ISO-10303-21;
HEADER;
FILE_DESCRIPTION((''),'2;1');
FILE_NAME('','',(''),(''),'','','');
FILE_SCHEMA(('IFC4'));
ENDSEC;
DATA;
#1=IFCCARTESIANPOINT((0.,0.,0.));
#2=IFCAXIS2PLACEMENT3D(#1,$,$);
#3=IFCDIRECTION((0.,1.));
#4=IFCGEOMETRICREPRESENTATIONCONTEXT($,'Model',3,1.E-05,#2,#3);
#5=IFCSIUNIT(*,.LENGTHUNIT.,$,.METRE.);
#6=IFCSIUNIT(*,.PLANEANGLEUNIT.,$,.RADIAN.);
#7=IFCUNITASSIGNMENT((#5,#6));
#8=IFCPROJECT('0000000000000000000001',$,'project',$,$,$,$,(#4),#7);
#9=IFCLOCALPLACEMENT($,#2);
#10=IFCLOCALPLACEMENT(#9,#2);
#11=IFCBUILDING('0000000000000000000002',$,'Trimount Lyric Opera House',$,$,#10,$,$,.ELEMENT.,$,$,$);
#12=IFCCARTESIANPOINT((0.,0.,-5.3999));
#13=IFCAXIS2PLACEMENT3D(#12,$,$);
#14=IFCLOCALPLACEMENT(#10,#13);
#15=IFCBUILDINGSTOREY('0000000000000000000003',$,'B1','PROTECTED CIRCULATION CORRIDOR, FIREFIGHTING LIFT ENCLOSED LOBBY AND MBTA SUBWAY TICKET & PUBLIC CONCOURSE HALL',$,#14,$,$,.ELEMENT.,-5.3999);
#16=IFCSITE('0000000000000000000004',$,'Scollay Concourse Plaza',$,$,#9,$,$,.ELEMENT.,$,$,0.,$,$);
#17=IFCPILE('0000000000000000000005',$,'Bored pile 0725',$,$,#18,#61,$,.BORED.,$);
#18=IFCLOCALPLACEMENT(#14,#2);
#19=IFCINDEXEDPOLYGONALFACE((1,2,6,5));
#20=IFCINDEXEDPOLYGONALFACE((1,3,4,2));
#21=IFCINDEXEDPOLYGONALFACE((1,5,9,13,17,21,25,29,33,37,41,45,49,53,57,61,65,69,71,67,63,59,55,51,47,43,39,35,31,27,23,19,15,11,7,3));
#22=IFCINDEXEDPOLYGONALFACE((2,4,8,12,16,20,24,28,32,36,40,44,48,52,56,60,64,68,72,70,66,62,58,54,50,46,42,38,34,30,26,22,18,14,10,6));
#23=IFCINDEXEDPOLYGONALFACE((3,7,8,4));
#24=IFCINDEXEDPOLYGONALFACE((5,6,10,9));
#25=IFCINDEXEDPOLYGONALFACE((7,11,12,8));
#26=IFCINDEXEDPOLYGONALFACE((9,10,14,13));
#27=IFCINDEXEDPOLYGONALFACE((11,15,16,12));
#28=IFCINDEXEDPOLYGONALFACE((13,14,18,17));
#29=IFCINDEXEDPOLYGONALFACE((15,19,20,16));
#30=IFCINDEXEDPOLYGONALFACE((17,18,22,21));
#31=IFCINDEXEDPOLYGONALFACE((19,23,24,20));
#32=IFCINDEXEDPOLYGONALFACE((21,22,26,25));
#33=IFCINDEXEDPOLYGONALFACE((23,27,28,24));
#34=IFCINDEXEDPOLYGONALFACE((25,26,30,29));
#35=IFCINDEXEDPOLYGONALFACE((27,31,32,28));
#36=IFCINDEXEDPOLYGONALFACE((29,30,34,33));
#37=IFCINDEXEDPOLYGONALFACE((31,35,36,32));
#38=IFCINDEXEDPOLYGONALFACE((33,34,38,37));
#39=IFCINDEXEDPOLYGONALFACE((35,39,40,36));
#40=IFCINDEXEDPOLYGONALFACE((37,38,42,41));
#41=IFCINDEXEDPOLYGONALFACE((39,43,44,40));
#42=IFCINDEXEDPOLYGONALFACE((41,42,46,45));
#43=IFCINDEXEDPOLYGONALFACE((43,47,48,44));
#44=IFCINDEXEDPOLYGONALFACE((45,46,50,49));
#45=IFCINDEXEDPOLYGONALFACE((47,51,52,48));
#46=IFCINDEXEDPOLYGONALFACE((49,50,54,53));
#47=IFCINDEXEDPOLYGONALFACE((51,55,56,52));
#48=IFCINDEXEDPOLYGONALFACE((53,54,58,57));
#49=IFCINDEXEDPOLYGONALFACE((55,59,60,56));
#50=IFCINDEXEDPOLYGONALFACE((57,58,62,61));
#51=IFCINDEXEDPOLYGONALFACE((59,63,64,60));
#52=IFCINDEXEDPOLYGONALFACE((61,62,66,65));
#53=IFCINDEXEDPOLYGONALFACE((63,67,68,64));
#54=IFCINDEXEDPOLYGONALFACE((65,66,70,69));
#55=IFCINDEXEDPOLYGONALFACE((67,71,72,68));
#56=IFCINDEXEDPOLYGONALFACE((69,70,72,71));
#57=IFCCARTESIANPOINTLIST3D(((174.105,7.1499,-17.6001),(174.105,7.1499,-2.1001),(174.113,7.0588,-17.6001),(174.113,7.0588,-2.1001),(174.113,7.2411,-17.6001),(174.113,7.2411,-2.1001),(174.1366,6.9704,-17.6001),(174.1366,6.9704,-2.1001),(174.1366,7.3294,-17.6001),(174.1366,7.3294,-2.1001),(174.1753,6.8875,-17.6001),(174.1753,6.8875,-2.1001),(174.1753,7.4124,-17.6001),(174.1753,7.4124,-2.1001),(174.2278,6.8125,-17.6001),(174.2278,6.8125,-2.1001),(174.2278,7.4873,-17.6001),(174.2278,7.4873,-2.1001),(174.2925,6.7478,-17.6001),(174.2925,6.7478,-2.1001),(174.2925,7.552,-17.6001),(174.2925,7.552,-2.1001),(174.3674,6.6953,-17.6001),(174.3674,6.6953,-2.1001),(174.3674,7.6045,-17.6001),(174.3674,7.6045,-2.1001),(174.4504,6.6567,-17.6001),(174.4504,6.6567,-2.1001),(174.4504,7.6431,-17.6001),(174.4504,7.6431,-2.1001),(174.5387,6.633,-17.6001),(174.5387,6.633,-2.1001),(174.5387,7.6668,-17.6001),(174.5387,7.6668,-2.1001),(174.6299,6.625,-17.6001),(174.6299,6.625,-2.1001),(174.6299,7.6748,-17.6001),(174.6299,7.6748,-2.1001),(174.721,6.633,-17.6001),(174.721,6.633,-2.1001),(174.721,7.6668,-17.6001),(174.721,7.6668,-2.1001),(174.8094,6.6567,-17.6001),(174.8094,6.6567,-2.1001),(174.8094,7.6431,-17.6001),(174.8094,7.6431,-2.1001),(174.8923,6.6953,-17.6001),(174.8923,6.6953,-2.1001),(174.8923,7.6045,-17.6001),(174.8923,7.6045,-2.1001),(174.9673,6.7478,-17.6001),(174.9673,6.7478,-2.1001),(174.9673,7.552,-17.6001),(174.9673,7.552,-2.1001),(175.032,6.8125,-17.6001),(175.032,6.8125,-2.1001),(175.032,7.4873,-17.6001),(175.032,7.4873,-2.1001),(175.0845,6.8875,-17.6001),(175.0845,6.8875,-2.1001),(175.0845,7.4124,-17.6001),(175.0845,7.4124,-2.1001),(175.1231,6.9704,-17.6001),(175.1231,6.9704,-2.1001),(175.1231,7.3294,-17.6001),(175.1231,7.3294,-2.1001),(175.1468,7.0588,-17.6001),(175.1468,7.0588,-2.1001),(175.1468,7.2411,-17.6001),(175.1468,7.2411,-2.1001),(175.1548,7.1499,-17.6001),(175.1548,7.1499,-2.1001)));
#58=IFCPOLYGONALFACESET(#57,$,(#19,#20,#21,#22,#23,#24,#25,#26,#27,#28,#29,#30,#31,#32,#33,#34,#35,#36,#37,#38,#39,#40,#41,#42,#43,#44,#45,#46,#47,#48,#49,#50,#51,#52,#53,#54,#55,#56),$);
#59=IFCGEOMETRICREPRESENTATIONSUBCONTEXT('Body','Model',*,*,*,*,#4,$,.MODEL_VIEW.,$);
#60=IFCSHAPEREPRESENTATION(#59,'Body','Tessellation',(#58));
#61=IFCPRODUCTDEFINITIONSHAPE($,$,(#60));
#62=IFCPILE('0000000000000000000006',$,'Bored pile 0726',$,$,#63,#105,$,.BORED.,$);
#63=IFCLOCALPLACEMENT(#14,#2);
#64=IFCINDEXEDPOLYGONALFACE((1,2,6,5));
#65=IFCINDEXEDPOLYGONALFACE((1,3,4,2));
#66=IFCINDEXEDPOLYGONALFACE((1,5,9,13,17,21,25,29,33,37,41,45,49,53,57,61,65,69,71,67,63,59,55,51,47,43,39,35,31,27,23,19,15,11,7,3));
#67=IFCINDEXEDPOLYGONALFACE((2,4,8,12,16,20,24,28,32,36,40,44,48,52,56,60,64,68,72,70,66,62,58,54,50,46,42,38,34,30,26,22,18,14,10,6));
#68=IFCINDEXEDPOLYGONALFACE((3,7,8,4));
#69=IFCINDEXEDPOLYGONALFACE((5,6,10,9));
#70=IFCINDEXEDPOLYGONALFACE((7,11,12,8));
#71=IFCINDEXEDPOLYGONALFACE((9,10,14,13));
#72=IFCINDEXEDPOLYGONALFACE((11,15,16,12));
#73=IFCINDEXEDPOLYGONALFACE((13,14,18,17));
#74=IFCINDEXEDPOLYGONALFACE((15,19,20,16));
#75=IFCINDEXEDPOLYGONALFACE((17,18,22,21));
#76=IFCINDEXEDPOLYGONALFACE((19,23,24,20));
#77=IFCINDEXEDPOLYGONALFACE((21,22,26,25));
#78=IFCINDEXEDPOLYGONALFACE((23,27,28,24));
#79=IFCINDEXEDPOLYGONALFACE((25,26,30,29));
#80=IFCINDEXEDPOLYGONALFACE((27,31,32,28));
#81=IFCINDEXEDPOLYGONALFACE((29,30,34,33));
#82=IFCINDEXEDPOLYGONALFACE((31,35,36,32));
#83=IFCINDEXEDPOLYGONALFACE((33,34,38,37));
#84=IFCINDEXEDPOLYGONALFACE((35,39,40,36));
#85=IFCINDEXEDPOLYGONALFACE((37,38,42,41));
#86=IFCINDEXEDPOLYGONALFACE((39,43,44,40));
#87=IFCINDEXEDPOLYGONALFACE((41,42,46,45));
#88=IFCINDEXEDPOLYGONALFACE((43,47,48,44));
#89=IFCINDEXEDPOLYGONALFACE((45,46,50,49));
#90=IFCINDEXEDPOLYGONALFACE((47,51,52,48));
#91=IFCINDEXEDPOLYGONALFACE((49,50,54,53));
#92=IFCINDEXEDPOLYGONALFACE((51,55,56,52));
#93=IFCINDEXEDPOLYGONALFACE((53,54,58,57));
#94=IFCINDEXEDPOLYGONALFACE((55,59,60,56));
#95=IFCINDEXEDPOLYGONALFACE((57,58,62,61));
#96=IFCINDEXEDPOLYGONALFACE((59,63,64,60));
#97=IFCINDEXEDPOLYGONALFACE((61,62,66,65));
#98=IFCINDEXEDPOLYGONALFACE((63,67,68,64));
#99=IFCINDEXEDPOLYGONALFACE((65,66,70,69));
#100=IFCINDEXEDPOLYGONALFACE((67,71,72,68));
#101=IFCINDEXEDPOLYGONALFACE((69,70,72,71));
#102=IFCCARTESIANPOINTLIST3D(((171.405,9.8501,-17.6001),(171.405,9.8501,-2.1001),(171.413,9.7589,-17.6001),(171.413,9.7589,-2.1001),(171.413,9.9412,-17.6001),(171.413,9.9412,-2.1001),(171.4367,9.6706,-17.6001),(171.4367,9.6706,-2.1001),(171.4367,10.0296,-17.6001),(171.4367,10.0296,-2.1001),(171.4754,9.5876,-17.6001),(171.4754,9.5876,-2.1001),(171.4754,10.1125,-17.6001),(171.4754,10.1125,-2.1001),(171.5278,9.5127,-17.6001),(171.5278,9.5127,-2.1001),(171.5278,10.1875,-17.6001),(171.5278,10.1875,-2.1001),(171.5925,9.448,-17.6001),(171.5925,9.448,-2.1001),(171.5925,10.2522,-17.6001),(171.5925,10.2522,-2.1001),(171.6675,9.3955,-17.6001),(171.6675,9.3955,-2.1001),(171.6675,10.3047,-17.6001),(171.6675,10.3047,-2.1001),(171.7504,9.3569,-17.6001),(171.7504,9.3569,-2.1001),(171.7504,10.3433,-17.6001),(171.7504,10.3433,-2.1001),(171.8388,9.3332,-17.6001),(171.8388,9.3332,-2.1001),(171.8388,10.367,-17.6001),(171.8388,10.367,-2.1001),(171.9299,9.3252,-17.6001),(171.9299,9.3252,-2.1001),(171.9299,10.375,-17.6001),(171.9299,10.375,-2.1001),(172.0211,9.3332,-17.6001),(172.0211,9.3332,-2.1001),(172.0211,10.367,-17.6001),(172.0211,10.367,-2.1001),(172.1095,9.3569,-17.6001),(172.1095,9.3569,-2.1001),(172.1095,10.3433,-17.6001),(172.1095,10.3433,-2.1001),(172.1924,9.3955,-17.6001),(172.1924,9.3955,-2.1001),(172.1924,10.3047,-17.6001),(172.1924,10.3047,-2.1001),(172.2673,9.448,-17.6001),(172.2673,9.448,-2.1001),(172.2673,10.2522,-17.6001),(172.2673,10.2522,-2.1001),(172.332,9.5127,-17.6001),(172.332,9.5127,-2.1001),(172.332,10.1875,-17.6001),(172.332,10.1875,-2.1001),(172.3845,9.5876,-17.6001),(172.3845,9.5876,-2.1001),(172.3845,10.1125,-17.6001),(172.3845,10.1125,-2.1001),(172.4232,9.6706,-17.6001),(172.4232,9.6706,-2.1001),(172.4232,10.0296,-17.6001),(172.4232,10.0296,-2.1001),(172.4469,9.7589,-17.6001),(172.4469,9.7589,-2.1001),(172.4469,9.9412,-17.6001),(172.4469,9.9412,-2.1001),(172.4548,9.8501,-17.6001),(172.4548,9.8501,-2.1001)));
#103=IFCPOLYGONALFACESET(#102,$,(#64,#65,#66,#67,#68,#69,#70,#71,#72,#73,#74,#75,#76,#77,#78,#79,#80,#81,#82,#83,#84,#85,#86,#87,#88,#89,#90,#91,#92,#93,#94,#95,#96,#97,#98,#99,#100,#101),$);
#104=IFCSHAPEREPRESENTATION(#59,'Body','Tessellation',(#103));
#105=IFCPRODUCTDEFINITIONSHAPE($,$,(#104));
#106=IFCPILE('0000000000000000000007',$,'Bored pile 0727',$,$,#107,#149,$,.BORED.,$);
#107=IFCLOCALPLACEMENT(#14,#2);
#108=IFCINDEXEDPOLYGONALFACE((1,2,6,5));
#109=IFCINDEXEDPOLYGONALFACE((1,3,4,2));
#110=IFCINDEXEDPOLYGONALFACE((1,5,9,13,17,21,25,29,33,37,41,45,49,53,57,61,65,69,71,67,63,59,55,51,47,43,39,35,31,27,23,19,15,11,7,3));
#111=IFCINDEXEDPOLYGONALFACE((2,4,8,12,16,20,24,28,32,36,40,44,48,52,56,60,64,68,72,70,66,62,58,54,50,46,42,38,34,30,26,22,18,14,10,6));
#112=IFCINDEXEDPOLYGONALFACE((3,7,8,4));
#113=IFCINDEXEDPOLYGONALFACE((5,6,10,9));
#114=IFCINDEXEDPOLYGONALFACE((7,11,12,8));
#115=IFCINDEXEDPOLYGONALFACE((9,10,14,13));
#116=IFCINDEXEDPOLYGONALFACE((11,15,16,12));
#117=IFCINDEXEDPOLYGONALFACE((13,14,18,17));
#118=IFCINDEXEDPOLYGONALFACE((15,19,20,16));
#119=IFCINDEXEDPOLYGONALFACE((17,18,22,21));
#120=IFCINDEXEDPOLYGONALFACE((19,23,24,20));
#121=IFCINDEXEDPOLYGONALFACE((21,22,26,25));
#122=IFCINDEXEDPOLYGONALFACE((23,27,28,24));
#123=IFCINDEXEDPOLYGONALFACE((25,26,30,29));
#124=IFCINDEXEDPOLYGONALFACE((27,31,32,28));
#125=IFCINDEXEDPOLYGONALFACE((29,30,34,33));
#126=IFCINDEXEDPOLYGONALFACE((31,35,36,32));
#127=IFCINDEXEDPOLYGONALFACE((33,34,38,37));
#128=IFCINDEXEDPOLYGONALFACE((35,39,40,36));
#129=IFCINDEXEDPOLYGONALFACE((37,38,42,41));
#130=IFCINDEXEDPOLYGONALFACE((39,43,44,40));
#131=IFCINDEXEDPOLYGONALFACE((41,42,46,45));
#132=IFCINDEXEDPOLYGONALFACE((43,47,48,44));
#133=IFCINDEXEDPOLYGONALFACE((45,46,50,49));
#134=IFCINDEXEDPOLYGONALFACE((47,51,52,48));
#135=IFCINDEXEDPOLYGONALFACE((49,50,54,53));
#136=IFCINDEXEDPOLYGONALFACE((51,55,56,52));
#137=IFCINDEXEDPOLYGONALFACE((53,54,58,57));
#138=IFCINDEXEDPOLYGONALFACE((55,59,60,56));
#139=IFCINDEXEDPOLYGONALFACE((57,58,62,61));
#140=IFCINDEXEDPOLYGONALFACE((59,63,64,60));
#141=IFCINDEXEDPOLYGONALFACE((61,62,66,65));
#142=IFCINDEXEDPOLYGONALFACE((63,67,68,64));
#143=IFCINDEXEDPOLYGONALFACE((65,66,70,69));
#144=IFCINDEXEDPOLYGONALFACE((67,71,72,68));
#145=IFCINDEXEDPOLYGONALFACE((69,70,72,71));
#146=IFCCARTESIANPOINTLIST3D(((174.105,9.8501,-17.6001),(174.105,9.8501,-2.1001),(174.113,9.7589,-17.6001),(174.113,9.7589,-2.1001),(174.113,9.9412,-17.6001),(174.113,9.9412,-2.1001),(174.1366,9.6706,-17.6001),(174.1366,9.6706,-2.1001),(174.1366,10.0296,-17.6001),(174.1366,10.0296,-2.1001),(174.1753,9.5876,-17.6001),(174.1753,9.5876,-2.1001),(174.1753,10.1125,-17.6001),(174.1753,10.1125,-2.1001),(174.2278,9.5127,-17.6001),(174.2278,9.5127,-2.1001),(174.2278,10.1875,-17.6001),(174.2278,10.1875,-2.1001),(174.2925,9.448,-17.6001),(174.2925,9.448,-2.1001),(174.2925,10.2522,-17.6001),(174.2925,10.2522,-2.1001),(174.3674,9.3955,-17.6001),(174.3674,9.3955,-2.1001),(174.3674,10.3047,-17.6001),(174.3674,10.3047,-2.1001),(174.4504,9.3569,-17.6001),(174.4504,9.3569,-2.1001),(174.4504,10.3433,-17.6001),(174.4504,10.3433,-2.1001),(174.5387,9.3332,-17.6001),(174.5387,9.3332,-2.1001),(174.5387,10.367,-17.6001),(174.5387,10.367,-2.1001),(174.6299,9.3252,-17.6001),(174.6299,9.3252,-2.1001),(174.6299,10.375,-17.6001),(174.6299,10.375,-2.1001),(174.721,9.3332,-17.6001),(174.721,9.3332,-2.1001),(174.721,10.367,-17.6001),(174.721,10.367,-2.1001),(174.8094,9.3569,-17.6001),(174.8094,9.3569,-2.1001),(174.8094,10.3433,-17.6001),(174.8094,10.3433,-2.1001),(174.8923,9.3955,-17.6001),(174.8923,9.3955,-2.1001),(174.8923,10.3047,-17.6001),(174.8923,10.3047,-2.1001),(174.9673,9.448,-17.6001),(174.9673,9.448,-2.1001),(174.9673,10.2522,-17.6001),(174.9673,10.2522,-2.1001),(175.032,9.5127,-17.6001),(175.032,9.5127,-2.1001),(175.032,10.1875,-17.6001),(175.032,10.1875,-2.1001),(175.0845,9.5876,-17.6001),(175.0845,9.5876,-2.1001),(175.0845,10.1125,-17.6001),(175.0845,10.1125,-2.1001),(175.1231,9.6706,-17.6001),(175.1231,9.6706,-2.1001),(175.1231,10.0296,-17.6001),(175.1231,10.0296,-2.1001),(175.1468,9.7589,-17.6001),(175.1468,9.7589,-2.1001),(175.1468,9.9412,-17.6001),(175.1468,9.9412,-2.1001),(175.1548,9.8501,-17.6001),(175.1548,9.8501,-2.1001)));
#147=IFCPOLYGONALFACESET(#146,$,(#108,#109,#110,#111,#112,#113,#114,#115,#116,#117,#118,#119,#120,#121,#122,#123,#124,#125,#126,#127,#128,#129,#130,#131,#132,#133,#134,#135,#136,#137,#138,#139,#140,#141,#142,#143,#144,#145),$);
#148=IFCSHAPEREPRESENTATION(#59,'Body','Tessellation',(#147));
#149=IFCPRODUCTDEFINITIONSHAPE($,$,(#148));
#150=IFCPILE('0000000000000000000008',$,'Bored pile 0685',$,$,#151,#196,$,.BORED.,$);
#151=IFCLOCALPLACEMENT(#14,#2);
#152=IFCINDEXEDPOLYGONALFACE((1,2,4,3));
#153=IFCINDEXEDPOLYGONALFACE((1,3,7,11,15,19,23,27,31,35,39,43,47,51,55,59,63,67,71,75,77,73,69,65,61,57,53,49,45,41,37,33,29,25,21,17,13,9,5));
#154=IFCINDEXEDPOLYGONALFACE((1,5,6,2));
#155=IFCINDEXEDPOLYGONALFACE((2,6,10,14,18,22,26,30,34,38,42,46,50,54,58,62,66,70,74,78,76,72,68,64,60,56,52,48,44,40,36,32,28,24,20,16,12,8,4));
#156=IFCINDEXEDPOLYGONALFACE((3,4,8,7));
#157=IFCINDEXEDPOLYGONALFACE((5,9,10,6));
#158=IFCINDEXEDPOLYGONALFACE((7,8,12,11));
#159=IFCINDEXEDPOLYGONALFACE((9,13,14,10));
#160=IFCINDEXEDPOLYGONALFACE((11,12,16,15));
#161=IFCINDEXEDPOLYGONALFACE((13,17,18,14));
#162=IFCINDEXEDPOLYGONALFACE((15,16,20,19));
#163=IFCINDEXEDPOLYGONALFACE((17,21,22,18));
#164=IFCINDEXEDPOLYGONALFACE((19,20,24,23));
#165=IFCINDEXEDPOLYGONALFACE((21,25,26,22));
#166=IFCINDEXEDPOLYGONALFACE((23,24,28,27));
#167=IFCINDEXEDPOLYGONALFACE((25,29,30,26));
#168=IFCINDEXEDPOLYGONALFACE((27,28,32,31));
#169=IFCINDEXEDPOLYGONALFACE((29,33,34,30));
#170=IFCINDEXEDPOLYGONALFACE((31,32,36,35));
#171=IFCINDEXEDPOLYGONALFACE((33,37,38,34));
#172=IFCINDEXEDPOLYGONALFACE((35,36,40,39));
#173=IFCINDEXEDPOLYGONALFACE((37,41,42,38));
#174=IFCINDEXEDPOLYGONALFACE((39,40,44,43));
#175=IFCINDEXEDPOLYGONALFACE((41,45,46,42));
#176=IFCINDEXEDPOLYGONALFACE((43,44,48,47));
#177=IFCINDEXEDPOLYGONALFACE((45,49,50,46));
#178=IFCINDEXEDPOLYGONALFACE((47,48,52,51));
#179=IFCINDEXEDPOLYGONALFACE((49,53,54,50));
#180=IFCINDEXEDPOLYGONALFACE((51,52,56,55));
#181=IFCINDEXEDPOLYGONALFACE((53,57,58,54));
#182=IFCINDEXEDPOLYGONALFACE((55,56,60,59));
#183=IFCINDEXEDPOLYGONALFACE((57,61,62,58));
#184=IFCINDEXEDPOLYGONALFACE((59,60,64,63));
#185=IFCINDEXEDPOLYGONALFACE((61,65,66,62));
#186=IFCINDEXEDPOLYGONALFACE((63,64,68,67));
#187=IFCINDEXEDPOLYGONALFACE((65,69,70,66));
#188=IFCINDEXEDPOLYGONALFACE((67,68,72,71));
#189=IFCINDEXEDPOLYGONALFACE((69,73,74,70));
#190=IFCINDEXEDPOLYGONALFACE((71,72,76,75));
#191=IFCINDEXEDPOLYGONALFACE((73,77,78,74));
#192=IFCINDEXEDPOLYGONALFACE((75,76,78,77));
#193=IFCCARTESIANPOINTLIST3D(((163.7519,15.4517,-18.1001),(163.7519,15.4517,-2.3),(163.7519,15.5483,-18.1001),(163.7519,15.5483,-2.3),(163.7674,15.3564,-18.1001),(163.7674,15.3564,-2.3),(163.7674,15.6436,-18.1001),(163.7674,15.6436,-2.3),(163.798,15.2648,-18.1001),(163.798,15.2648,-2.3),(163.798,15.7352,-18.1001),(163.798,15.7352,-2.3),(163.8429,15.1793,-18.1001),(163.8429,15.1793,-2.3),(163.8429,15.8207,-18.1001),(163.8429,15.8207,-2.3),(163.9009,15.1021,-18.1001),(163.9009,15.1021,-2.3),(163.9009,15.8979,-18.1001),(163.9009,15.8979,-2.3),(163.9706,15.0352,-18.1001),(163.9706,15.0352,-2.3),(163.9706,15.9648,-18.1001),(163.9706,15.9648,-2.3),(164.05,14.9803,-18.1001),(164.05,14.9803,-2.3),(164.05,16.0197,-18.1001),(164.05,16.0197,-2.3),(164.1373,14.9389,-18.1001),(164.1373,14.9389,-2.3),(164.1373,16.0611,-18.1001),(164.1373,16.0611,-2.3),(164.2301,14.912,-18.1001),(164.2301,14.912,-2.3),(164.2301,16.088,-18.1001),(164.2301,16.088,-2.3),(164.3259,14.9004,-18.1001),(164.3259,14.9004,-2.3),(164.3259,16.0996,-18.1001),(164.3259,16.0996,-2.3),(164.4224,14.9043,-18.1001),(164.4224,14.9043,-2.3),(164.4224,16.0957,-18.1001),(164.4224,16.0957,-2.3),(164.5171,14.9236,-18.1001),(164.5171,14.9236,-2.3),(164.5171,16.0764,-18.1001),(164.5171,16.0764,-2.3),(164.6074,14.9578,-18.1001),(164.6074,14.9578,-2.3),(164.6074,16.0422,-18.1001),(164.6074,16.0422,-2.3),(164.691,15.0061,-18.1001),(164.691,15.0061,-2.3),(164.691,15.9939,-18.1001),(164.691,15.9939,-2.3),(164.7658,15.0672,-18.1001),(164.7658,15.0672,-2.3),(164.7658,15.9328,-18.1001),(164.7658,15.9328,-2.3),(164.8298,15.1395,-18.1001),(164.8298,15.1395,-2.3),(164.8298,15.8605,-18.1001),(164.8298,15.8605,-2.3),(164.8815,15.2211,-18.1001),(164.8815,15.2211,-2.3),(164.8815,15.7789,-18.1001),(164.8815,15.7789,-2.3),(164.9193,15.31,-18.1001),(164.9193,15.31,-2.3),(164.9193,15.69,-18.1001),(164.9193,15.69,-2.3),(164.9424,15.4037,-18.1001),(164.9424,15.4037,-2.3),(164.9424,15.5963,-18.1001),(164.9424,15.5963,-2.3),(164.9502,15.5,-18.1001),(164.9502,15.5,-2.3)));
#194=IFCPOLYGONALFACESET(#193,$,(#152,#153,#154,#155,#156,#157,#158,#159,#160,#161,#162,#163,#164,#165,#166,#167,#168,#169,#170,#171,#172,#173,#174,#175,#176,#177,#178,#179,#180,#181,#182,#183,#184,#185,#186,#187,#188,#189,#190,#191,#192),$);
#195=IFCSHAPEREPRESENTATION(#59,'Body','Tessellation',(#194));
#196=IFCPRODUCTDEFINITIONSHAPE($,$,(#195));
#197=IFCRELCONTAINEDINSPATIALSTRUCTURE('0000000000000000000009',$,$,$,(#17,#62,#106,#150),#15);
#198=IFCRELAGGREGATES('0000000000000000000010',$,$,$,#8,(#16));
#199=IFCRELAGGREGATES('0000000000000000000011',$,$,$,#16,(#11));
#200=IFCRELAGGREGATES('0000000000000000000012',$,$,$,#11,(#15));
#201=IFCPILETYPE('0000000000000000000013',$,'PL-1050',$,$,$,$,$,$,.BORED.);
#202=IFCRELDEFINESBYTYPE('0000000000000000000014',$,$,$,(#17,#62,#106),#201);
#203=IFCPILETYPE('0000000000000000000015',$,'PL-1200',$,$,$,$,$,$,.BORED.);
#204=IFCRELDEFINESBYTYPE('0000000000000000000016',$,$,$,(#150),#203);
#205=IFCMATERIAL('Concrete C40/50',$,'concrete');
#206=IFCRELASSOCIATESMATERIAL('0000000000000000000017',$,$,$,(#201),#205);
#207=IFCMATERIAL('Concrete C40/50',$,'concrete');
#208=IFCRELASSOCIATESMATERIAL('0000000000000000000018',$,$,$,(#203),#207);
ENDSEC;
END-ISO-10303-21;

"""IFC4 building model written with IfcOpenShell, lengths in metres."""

from ifc_helpers import new_model, si_unit, direction, frame, origin, origin_2d, place, context, subcontext, project, spatial, circle, extrude, material, material_profile, profile_set, type_object, element, save


model = new_model("IFC4")

# Units and contexts
model_context = context("Model", 3, precision=1e-05, world=origin(), true_north=direction((0.0, 1.0)))
body_context = subcontext(model_context, "Body", "Model", "MODEL_VIEW")
ifc_project = project(units=[si_unit("LENGTHUNIT", "METRE"), si_unit("PLANEANGLEUNIT", "RADIAN")], contexts=[model_context])

# Site, building, storey
site_placement = place(None, origin())
site = spatial("IfcSite", under=ifc_project, at=site_placement, Name="Scollay Concourse Plaza", CompositionType="ELEMENT", RefElevation=0.0)
building_placement = place(site_placement, origin())
building = spatial("IfcBuilding", under=site, at=building_placement, Name="Trimount Lyric Opera House", CompositionType="ELEMENT")
storey_placement = place(building_placement, frame((0.0, 0.0, -5.3999)))
storey = spatial("IfcBuildingStorey", under=building, at=storey_placement, Name="B1", Description="PROTECTED CIRCULATION CORRIDOR, FIREFIGHTING LIFT ENCLOSED LOBBY AND MBTA SUBWAY TICKET & PUBLIC CONCOURSE HALL", CompositionType="ELEMENT", Elevation=-5.3999)

# Piles
ifc_material_1 = material(Name="Concrete C40/50", Category="concrete")
ifc_material_profile_1 = material_profile(ifc_material_1, circle(Radius=0.5249, at=origin_2d()), Name="PILE-D1050")
ifc_profile_set_1 = profile_set([ifc_material_profile_1], Name="Concrete C40/50")
pile_type_1 = type_object("IfcPileType", Name="PL-1050", PredefinedType="BORED", material=ifc_profile_set_1)
for number, where, z_axis, x_axis, name in (
    (1, (174.6299, 7.1499, -2.1001), (0.0, 0.0, -1.0), (1.0, 0.0, 0.0), "Bored pile 0725"),
    (2, (171.9299, 9.8501, -2.1001), (0.0, 0.0, -1.0), (1.0, 0.0, 0.0), "Bored pile 0726"),
    (3, (174.6299, 9.8501, -2.1001), (0.0, 0.0, -1.0), (1.0, 0.0, 0.0), "Bored pile 0727"),
):
    element("IfcPile", number, at=place(storey_placement, frame(where, z_axis=z_axis, x_axis=x_axis)), inside=storey, type_object=pile_type_1, Name=name, PredefinedType="BORED", context=body_context, shape_type="SweptSolid", body=[
        extrude(circle(Radius=0.5249, at=origin_2d()), origin(), (0.0, 0.0, 1.0), 15.5),
    ])
ifc_material_2 = material(Name="Concrete C40/50", Category="concrete")
ifc_material_profile_2 = material_profile(ifc_material_2, circle(Radius=0.6001, at=origin_2d()), Name="PILE-D1200")
ifc_profile_set_2 = profile_set([ifc_material_profile_2], Name="Concrete C40/50")
pile_type_2 = type_object("IfcPileType", Name="PL-1200", PredefinedType="BORED", material=ifc_profile_set_2)
for number, where, z_axis, x_axis, name in (
    (4, (164.3501, 15.5, -2.3), (0.0, 0.0, -1.0), (1.0, 0.0, 0.0), "Bored pile 0685"),
):
    element("IfcPile", number, at=place(storey_placement, frame(where, z_axis=z_axis, x_axis=x_axis)), inside=storey, type_object=pile_type_2, Name=name, PredefinedType="BORED", context=body_context, shape_type="SweptSolid", body=[
        extrude(circle(Radius=0.6001, at=origin_2d()), origin(), (0.0, 0.0, 1.0), 15.8),
    ])

save(model, "model.ifc")
